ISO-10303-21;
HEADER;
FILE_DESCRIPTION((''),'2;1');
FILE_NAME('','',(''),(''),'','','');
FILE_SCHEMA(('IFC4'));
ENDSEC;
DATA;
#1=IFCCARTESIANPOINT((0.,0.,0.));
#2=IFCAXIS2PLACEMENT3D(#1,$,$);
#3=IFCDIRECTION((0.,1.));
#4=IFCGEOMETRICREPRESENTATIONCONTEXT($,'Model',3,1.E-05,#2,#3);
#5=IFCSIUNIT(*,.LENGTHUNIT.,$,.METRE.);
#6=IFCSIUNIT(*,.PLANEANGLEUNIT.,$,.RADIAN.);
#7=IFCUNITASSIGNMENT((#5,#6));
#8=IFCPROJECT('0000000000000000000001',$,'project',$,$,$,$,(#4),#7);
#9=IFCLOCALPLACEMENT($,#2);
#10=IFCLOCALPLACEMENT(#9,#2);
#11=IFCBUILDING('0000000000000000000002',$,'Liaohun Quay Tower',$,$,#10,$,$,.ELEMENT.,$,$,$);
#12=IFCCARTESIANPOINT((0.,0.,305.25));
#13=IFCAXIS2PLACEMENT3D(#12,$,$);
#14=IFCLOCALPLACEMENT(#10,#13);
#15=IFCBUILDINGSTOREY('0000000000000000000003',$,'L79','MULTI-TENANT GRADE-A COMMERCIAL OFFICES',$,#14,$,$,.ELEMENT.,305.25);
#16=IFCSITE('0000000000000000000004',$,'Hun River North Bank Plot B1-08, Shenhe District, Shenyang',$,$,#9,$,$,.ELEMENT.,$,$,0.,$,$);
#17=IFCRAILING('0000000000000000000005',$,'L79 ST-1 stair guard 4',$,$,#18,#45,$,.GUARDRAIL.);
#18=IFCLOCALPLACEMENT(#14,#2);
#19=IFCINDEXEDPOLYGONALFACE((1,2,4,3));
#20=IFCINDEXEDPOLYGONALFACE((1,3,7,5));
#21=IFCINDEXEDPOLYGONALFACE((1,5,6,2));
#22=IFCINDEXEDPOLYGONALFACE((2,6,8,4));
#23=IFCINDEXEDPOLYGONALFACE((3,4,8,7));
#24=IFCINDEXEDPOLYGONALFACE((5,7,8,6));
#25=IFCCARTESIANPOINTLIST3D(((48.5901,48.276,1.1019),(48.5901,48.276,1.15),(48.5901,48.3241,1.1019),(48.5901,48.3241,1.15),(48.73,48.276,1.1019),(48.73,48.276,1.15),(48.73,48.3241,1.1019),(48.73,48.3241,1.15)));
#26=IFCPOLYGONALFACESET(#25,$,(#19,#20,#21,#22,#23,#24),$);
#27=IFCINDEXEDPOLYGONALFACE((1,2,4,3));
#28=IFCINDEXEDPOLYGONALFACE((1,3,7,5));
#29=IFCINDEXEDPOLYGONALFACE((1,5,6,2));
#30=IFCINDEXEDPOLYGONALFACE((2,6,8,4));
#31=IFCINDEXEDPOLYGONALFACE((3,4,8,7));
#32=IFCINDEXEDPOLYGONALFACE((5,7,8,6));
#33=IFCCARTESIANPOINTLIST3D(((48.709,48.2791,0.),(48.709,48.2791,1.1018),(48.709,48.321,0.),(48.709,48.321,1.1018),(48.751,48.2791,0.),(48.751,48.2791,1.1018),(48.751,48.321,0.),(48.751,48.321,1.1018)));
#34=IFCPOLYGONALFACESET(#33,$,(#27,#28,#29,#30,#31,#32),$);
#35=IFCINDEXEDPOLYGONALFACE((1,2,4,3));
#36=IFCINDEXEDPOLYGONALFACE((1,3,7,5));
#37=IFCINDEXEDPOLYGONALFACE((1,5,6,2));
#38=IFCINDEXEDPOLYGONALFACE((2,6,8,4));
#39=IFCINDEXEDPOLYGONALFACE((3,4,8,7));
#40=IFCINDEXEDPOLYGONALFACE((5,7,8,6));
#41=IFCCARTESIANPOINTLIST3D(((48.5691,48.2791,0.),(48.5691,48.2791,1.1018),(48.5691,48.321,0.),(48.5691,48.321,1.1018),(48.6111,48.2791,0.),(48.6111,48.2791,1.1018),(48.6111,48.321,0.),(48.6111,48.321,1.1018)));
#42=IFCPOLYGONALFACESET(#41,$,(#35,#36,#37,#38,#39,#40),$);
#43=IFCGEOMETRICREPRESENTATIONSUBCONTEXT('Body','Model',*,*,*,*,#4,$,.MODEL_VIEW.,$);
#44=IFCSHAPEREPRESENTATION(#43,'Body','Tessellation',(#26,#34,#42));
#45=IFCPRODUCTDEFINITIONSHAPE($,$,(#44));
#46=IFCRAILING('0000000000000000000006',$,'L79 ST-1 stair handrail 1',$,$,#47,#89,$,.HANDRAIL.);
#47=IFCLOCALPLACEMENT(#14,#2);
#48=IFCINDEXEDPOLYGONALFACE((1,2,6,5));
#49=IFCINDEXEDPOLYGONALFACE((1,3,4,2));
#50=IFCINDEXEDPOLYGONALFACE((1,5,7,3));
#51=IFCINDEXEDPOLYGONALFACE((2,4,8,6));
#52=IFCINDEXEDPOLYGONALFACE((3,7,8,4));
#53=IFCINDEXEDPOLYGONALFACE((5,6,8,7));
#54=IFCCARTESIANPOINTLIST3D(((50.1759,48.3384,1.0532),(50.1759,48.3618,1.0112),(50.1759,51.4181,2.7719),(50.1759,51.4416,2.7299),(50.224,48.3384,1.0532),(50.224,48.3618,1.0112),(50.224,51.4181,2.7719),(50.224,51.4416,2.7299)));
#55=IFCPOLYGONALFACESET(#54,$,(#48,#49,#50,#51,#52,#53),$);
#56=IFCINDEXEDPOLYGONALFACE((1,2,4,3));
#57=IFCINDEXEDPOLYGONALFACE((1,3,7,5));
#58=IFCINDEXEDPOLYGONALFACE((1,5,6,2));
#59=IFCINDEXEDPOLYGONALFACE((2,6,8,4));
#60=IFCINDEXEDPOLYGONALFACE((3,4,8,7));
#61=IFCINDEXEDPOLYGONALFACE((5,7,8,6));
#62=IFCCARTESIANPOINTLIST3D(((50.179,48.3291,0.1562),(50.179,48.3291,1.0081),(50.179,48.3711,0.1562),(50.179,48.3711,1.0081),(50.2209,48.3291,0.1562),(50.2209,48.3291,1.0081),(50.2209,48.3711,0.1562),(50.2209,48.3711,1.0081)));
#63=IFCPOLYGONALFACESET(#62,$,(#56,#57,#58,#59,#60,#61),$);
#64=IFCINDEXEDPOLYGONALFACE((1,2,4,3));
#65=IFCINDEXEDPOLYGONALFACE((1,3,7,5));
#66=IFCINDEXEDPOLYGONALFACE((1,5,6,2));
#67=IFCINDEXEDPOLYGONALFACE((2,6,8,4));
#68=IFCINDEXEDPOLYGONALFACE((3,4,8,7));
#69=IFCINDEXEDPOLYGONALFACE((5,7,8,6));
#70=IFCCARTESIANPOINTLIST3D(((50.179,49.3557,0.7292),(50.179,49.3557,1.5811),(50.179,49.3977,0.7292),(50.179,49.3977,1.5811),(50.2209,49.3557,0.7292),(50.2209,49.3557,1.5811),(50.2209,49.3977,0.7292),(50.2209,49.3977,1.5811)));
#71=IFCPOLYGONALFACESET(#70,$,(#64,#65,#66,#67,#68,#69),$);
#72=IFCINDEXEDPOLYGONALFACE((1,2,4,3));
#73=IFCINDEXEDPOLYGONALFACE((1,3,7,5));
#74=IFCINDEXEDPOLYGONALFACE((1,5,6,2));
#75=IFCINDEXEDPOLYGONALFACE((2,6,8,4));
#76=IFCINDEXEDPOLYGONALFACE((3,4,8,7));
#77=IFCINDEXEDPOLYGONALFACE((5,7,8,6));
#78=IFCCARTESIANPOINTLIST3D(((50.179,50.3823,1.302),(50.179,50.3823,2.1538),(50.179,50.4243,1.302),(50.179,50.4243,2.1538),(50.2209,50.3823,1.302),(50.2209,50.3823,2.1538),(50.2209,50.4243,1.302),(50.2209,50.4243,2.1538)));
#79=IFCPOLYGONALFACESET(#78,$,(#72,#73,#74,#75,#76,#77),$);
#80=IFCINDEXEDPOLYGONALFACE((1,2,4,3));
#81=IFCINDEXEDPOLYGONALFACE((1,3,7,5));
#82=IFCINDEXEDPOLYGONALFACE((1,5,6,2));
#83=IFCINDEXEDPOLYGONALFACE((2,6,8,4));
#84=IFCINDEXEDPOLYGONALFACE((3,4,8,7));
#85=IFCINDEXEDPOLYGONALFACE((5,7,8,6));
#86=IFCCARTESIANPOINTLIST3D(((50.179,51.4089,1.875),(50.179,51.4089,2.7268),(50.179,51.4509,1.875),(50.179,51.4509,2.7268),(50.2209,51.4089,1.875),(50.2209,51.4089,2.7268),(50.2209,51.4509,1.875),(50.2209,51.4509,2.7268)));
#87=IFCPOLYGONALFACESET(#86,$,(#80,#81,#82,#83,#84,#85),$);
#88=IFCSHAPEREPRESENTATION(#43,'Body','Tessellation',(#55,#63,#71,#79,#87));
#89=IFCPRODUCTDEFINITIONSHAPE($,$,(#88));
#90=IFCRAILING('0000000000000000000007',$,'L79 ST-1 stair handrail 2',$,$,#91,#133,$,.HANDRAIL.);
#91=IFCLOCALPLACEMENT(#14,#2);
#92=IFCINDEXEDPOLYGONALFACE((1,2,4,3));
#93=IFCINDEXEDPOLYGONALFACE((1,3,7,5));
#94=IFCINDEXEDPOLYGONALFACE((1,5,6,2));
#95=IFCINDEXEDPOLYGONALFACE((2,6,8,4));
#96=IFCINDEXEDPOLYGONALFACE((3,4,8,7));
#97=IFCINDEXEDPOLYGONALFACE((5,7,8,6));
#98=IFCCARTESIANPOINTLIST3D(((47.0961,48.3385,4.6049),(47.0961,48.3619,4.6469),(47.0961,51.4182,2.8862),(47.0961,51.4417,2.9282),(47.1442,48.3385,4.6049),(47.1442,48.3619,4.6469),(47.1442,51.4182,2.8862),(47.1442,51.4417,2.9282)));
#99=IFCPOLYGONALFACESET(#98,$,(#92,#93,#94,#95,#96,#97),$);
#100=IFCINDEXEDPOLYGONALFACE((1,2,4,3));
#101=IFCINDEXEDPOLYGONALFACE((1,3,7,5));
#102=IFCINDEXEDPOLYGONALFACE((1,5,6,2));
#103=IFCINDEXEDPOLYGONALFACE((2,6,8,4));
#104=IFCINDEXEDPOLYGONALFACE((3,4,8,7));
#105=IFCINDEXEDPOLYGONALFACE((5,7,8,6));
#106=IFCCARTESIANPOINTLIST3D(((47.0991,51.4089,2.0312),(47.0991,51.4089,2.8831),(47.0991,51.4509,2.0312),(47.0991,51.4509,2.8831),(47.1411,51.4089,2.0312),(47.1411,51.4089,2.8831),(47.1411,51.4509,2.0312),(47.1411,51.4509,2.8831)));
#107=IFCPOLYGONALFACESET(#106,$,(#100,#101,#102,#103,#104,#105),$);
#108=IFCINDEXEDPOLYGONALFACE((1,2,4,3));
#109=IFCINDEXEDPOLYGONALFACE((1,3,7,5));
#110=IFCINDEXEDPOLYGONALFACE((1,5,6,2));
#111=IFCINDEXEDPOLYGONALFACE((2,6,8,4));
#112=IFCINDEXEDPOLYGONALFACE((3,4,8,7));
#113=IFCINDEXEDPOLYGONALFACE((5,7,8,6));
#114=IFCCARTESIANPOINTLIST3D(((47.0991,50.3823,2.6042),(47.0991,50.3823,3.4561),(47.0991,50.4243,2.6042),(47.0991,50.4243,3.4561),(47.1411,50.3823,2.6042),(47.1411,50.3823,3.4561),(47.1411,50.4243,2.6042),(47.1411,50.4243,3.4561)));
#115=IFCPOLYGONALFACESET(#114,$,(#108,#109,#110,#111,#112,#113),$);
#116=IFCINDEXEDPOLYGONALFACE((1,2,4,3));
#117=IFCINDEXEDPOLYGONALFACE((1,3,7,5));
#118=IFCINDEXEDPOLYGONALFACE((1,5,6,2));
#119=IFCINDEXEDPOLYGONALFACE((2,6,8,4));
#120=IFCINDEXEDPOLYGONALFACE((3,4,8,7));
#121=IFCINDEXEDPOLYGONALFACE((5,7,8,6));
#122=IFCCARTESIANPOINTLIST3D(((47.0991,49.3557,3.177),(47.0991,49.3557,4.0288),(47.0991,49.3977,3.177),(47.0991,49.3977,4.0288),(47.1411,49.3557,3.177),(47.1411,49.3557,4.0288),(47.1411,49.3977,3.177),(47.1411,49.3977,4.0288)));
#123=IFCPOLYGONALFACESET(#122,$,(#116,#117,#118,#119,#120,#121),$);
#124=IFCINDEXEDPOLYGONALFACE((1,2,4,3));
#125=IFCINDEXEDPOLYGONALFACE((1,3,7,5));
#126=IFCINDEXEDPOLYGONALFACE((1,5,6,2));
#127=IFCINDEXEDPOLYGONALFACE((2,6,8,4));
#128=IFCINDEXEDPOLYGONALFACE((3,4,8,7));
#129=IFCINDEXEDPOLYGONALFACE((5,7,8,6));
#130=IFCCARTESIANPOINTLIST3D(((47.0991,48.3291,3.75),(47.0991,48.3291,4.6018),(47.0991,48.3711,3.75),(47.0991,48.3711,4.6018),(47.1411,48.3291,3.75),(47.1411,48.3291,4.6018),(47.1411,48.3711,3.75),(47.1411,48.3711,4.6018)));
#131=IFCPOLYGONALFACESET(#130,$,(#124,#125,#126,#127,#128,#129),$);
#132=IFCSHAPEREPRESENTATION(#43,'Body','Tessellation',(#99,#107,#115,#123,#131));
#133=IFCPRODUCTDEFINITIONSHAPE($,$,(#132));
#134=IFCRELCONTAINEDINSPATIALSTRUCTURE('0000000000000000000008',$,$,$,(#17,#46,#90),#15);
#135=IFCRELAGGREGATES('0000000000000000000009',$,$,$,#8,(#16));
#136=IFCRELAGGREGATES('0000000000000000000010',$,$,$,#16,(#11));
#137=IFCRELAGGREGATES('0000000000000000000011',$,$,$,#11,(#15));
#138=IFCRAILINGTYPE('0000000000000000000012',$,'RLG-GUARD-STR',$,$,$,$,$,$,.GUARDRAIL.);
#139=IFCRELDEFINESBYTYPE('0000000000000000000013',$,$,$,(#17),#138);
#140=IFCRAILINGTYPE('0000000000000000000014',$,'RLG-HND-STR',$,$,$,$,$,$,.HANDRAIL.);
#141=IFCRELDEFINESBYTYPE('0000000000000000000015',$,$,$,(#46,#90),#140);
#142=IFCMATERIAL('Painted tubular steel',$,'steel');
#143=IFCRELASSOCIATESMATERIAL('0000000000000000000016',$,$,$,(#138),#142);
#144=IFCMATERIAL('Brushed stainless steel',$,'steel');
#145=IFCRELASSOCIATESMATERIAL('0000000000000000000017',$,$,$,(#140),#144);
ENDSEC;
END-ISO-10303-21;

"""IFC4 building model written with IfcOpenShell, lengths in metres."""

from ifc_helpers import new_model, si_unit, direction, frame, origin, origin_2d, place, context, subcontext, project, spatial, rectangle, extrude, material, type_object, element, save


model = new_model("IFC4")

# Units and contexts
model_context = context("Model", 3, precision=1e-05, world=origin(), true_north=direction((0.0, 1.0)))
body_context = subcontext(model_context, "Body", "Model", "MODEL_VIEW")
ifc_project = project(units=[si_unit("LENGTHUNIT", "METRE"), si_unit("PLANEANGLEUNIT", "RADIAN")], contexts=[model_context])

# Site, building, storey
site_placement = place(None, origin())
site = spatial("IfcSite", under=ifc_project, at=site_placement, Name="Hun River North Bank Plot B1-08, Shenhe District, Shenyang", CompositionType="ELEMENT", RefElevation=0.0)
building_placement = place(site_placement, origin())
building = spatial("IfcBuilding", under=site, at=building_placement, Name="Liaohun Quay Tower", CompositionType="ELEMENT")
storey_placement = place(building_placement, frame((0.0, 0.0, 305.25)))
storey = spatial("IfcBuildingStorey", under=building, at=storey_placement, Name="L79", Description="MULTI-TENANT GRADE-A COMMERCIAL OFFICES", CompositionType="ELEMENT", Elevation=305.25)

# Railings
ifc_material_1 = material(Name="Painted tubular steel", Category="steel")
railing_type_1 = type_object("IfcRailingType", Name="RLG-GUARD-STR", PredefinedType="GUARDRAIL", material=ifc_material_1)
railing_1_placement = place(storey_placement, frame((48.73, 48.3, 0.0)))
element("IfcRailing", 1, at=railing_1_placement, inside=storey, type_object=railing_type_1, Name="L79 ST-1 stair guard 4", PredefinedType="GUARDRAIL", context=body_context, shape_type="SweptSolid", body=[
    extrude(rectangle(XDim=0.0481, YDim=0.0481, at=origin_2d()), frame((0.0, 0.0, 1.126), z_axis=(-1.0, 0.0, 0.0), x_axis=(0.0, -1.0, 0.0)), (0.0, 0.0, 1.0), 0.1399),
    extrude(rectangle(XDim=0.042, YDim=0.042, at=origin_2d()), origin(), (0.0, 0.0, 1.0), 1.1018),
    extrude(rectangle(XDim=0.042, YDim=0.042, at=origin_2d()), frame((-0.1399, 0.0, 0.0)), (0.0, 0.0, 1.0), 1.1018),
])
ifc_material_2 = material(Name="Brushed stainless steel", Category="steel")
railing_type_2 = type_object("IfcRailingType", Name="RLG-HND-STR", PredefinedType="HANDRAIL", material=ifc_material_2)
railing_2_placement = place(storey_placement, frame((50.2, 48.3501, 0.1562)))
element("IfcRailing", 2, at=railing_2_placement, inside=storey, type_object=railing_type_2, Name="L79 ST-1 stair handrail 1", PredefinedType="HANDRAIL", context=body_context, shape_type="SweptSolid", body=[
    extrude(rectangle(XDim=0.0481, YDim=0.0481, at=origin_2d()), frame((0.0, 0.0, 0.876), z_axis=(0.0, 0.873225, 0.487317), x_axis=(-1.0, 0.0, 0.0)), (0.0, 0.0, 1.0), 3.5269),
    extrude(rectangle(XDim=0.042, YDim=0.042, at=origin_2d()), origin(), (0.0, 0.0, 1.0), 0.8518),
    extrude(rectangle(XDim=0.042, YDim=0.042, at=origin_2d()), frame((0.0, 1.0266, 0.573)), (0.0, 0.0, 1.0), 0.8518),
    extrude(rectangle(XDim=0.042, YDim=0.042, at=origin_2d()), frame((0.0, 2.0532, 1.1458)), (0.0, 0.0, 1.0), 0.8518),
    extrude(rectangle(XDim=0.042, YDim=0.042, at=origin_2d()), frame((0.0, 3.0798, 1.7188)), (0.0, 0.0, 1.0), 0.8518),
])
railing_3_placement = place(storey_placement, frame((47.1201, 51.4299, 2.0312)))
element("IfcRailing", 3, at=railing_3_placement, inside=storey, type_object=railing_type_2, Name="L79 ST-1 stair handrail 2", PredefinedType="HANDRAIL", context=body_context, shape_type="SweptSolid", body=[
    extrude(rectangle(XDim=0.0481, YDim=0.0481, at=origin_2d()), frame((0.0, 0.0, 0.876), z_axis=(0.0, -0.873225, 0.487317), x_axis=(1.0, 0.0, 0.0)), (0.0, 0.0, 1.0), 3.5269),
    extrude(rectangle(XDim=0.042, YDim=0.042, at=origin_2d()), origin(), (0.0, 0.0, 1.0), 0.8518),
    extrude(rectangle(XDim=0.042, YDim=0.042, at=origin_2d()), frame((0.0, -1.0266, 0.573)), (0.0, 0.0, 1.0), 0.8518),
    extrude(rectangle(XDim=0.042, YDim=0.042, at=origin_2d()), frame((0.0, -2.0532, 1.1458)), (0.0, 0.0, 1.0), 0.8518),
    extrude(rectangle(XDim=0.042, YDim=0.042, at=origin_2d()), frame((0.0, -3.0798, 1.7188)), (0.0, 0.0, 1.0), 0.8518),
])

save(model, "model.ifc")
